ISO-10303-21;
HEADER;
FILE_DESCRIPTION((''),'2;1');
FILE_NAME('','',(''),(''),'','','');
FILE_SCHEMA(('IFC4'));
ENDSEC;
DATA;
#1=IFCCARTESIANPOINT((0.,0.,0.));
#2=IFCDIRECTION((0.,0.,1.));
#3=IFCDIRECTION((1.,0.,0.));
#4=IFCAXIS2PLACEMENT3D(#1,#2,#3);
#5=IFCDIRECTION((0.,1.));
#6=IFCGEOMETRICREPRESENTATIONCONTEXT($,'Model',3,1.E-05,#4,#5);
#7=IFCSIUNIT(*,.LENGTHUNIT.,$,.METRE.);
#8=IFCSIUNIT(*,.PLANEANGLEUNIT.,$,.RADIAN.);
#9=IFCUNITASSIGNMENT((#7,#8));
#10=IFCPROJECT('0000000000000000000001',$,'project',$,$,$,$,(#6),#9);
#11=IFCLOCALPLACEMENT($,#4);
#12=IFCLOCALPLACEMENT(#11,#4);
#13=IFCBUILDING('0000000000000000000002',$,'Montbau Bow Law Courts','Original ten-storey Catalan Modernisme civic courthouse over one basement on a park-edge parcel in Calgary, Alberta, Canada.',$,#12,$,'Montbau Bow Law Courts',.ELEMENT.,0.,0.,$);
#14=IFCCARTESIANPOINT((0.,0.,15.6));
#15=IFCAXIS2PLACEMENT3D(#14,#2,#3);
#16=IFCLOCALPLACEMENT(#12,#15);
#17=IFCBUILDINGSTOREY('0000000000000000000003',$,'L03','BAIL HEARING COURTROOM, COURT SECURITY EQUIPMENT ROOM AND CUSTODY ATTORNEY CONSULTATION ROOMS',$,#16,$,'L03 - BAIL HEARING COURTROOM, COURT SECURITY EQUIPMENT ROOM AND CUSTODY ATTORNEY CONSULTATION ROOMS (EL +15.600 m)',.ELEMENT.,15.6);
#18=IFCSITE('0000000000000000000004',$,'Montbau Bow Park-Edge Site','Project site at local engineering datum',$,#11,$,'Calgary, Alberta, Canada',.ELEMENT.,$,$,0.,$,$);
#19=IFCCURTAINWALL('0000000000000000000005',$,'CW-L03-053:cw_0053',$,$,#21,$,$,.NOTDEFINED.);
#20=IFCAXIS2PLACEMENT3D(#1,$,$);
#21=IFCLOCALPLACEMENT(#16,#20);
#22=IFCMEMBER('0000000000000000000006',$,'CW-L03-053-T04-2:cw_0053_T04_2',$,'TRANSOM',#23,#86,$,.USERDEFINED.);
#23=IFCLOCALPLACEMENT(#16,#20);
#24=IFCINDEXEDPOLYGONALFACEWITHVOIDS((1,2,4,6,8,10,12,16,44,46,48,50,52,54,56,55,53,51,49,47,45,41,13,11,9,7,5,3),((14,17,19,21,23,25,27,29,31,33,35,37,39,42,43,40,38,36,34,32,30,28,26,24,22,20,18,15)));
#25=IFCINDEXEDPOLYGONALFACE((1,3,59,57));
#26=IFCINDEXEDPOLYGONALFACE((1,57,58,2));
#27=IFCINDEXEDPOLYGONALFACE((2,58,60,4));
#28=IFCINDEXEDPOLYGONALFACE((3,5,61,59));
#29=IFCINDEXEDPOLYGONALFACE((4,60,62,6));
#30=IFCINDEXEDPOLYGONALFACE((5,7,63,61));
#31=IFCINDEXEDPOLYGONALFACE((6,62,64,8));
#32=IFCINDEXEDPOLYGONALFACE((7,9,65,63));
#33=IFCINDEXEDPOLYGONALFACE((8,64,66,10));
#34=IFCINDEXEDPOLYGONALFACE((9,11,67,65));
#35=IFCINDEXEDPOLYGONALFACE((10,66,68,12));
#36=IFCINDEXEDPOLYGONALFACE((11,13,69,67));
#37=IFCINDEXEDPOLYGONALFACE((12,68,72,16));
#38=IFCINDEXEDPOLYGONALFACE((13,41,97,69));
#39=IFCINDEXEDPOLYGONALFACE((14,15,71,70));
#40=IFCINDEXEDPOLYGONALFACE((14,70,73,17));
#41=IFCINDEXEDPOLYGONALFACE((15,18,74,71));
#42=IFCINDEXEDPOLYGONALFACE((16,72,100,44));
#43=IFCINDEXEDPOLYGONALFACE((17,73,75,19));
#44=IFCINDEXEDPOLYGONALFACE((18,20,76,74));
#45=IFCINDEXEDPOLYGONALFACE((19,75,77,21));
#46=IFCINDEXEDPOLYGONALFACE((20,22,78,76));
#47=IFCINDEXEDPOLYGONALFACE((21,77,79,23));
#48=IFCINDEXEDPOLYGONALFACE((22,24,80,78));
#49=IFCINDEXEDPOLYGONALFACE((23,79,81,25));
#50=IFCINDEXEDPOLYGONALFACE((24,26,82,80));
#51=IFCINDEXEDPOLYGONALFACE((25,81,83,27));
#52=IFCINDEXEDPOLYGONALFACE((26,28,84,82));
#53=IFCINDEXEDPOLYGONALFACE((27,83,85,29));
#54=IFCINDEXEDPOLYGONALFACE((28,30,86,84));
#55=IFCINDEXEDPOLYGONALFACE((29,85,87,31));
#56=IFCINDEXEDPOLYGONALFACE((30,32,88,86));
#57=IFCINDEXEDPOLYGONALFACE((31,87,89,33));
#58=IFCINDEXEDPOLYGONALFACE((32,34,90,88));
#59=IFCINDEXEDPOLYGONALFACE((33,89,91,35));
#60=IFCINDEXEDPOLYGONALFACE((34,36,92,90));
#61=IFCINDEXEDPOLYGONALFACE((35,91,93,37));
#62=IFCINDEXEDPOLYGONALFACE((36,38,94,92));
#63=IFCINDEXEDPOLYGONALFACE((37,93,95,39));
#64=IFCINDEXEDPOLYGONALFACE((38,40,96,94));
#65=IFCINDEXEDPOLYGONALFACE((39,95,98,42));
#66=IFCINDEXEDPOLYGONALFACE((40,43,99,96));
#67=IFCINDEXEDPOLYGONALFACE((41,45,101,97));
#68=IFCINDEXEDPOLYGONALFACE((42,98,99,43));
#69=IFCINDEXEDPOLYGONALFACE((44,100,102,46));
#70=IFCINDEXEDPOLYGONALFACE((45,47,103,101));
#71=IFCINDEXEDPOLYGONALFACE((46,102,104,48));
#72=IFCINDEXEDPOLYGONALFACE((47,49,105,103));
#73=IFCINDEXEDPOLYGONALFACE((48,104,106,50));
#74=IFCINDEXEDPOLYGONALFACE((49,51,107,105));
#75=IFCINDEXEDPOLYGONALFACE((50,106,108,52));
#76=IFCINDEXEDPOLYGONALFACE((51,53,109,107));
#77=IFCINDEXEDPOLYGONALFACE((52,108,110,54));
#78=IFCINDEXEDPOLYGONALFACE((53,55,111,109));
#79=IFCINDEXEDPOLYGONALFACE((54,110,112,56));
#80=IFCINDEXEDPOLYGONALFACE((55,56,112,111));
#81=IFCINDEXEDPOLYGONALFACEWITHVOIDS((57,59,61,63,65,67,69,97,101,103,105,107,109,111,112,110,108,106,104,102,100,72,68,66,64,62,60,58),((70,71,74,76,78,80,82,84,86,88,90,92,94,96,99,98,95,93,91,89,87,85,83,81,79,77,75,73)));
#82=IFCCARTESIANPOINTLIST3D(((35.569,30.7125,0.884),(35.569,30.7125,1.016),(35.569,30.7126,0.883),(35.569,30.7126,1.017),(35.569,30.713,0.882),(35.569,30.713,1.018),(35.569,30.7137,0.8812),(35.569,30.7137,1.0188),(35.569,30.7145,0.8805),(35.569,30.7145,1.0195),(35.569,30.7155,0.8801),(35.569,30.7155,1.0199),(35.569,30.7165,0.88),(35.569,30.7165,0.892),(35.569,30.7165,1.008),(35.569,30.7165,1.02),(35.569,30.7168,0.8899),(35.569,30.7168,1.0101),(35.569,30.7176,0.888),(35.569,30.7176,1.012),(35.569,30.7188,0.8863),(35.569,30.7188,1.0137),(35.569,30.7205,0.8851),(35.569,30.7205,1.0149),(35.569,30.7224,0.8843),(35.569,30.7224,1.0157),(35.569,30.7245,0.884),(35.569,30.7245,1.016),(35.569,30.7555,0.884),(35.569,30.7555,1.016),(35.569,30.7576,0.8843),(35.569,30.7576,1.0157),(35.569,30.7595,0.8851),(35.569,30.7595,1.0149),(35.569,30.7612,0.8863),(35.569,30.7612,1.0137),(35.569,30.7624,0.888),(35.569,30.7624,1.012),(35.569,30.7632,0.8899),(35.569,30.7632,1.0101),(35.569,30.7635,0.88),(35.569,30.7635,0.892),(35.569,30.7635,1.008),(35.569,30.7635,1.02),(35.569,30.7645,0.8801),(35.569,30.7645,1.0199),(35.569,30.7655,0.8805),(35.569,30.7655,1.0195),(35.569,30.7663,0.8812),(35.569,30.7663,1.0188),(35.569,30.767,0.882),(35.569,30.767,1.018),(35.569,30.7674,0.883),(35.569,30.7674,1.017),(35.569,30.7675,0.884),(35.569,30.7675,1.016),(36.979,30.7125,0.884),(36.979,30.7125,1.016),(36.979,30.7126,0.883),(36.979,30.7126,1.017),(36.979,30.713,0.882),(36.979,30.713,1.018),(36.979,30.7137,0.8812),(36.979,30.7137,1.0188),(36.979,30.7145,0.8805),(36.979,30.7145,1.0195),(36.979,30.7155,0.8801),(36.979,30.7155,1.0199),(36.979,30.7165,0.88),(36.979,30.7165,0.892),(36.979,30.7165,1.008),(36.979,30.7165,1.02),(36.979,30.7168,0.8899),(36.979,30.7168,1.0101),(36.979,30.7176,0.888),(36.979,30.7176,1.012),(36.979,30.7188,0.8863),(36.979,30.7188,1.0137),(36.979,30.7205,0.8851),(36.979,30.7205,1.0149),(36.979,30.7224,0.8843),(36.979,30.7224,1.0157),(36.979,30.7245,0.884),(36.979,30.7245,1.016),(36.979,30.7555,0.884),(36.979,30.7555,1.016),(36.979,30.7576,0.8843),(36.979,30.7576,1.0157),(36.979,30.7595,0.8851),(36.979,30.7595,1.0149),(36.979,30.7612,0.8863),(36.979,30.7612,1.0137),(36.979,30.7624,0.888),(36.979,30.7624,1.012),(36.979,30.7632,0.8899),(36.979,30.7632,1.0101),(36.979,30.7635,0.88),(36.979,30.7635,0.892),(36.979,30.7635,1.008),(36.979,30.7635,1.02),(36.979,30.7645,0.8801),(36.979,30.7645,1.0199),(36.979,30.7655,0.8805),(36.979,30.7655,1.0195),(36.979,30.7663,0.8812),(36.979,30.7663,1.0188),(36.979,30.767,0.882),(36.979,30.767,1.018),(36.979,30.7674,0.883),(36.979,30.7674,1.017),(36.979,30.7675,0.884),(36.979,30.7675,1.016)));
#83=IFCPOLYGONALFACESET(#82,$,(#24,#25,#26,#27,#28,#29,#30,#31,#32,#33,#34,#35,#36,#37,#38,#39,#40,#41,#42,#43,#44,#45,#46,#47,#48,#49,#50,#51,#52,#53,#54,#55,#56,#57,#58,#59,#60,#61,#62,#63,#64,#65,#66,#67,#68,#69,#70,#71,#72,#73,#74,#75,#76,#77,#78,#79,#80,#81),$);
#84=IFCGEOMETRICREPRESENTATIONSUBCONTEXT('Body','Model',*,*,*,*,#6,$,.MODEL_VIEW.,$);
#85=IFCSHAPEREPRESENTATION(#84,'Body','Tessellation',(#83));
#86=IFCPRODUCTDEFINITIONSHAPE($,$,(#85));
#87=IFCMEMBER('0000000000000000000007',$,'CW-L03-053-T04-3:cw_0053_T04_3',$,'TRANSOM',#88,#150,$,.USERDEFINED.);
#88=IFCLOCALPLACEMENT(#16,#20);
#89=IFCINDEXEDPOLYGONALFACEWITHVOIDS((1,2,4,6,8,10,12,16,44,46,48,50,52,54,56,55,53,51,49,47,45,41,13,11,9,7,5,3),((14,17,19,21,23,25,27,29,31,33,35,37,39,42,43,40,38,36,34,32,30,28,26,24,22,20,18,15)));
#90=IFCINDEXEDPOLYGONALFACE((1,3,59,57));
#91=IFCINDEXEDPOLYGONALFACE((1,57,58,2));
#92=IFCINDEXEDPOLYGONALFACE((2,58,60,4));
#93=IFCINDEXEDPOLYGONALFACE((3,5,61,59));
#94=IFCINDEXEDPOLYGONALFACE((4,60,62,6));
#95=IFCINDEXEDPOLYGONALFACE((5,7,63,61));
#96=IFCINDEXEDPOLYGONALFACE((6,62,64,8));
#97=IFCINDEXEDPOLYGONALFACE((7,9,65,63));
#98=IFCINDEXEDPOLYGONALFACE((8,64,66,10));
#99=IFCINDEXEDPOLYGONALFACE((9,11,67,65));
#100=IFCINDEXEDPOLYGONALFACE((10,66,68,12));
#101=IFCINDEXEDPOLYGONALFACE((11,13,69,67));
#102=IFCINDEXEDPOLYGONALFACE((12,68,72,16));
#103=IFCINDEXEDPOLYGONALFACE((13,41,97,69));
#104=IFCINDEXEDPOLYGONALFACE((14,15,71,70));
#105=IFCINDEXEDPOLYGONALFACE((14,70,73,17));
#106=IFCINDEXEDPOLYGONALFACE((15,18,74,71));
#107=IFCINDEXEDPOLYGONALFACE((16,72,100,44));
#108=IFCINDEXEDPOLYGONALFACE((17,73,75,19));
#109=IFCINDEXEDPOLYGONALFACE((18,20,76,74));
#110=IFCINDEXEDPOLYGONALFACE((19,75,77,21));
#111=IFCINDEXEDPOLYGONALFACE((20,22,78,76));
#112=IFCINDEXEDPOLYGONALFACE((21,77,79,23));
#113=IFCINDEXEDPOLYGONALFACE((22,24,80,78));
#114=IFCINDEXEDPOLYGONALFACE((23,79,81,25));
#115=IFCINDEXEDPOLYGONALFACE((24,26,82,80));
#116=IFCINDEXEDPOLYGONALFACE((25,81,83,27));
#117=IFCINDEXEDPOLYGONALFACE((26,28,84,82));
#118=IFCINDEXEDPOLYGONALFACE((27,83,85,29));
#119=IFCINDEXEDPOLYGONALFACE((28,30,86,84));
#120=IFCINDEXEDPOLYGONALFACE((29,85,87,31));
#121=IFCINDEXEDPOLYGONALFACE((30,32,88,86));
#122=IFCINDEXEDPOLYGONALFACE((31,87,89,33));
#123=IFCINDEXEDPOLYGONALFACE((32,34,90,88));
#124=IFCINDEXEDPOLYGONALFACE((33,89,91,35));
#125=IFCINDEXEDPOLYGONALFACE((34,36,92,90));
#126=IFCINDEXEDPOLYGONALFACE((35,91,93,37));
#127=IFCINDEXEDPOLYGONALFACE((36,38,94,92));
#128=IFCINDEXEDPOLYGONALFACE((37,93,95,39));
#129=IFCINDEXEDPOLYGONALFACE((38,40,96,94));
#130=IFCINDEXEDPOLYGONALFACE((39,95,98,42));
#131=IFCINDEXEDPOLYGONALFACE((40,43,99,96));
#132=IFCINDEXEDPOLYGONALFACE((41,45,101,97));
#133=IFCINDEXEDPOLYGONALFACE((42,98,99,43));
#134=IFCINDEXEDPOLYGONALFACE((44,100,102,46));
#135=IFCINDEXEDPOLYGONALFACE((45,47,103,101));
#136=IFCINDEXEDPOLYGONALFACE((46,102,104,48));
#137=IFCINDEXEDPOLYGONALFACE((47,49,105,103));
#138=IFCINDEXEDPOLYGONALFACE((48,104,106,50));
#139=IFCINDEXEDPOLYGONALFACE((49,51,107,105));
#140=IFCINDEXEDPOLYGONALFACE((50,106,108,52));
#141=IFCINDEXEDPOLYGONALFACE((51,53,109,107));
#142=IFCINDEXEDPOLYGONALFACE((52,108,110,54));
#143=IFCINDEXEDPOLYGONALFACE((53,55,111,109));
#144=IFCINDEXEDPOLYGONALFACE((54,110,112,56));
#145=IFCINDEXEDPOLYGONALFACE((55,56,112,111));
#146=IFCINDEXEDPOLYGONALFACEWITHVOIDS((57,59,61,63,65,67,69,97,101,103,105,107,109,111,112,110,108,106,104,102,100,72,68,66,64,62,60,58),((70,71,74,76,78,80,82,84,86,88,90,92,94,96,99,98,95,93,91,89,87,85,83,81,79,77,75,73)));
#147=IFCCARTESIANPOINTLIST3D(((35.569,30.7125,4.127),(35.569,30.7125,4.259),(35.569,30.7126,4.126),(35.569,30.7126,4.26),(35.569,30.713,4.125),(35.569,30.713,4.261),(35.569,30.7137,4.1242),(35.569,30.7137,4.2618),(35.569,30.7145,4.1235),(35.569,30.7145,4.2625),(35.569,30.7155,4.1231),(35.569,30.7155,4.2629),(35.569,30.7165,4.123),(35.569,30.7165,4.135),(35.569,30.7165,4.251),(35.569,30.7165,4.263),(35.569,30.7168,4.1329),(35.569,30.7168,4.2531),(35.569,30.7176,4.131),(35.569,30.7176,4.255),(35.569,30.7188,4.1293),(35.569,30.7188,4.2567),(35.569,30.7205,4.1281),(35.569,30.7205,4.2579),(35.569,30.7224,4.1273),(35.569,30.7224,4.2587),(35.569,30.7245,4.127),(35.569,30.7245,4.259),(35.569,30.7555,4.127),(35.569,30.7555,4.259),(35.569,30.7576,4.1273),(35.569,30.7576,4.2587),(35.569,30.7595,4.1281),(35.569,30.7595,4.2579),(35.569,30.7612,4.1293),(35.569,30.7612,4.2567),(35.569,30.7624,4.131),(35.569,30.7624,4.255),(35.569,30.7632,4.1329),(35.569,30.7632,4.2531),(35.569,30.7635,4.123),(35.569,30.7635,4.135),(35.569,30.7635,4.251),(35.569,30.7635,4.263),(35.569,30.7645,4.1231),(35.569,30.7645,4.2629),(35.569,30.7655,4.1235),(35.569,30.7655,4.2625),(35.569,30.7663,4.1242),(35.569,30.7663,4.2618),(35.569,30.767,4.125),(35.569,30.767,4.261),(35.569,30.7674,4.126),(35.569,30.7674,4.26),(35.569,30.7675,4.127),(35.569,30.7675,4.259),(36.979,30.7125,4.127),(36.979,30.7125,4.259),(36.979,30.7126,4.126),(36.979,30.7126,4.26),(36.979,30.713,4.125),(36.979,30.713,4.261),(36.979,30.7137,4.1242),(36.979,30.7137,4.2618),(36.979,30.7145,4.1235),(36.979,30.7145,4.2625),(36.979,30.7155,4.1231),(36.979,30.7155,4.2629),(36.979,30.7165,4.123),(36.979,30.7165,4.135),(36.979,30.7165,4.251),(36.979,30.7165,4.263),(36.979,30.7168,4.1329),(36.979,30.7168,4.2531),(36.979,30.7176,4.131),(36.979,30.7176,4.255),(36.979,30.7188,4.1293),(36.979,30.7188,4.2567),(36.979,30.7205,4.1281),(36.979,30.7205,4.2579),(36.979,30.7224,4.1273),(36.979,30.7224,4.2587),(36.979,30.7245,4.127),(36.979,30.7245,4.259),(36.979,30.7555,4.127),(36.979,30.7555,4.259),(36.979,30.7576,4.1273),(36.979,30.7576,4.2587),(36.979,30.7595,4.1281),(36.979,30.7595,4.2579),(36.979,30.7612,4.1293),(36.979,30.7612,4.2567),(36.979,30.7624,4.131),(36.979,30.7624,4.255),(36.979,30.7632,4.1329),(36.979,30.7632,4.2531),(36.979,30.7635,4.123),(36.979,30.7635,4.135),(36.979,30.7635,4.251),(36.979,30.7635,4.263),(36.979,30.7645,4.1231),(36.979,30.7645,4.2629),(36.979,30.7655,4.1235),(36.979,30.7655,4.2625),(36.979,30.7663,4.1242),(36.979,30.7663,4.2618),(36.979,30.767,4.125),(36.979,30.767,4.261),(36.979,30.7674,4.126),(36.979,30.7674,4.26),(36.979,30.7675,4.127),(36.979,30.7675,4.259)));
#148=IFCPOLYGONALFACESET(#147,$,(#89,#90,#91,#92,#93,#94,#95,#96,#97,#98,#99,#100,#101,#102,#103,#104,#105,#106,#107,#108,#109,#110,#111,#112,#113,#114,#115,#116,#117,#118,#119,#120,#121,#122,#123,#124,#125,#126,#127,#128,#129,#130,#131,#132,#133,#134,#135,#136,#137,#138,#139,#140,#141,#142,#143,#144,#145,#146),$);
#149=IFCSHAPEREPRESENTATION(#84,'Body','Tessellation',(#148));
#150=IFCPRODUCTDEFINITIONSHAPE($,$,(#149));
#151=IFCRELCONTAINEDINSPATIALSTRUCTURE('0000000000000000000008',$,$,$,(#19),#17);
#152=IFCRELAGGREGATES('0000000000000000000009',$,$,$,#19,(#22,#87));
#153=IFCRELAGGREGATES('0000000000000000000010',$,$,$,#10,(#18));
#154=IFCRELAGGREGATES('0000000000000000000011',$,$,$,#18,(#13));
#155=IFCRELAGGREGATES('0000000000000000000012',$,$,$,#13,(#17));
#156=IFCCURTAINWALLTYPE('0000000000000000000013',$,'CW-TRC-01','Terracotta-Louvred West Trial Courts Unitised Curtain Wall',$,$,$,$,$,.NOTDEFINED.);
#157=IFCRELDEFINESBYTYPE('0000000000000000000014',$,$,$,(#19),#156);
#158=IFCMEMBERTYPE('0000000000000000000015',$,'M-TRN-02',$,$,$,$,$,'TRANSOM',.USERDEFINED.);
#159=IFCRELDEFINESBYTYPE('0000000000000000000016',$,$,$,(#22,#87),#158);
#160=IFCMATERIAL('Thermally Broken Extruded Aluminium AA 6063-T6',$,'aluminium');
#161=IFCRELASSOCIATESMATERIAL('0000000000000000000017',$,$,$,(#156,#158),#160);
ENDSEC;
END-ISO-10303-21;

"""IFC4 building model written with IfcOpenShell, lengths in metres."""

from ifc_helpers import new_model, si_unit, direction, frame, origin_with_axes, origin_2d_with_axis, place, context, subcontext, project, spatial, hollow_rectangle, extrude, material, material_profile, profile_set, type_object, element, aggregate, save


model = new_model("IFC4")

# Units and contexts
model_context = context("Model", 3, precision=1e-05, world=origin_with_axes(), true_north=direction((0.0, 1.0)))
body_context = subcontext(model_context, "Body", "Model", "MODEL_VIEW")
ifc_project = project(units=[si_unit("LENGTHUNIT", "METRE"), si_unit("PLANEANGLEUNIT", "RADIAN")], contexts=[model_context])

# Site, building, storey
site_placement = place(None, origin_with_axes())
site = spatial("IfcSite", under=ifc_project, at=site_placement, Name="Montbau Bow Park-Edge Site", Description="Project site at local engineering datum", LongName="Calgary, Alberta, Canada", CompositionType="ELEMENT", RefElevation=0.0)
building_placement = place(site_placement, origin_with_axes())
building = spatial("IfcBuilding", under=site, at=building_placement, Name="Montbau Bow Law Courts", Description="Original ten-storey Catalan Modernisme civic courthouse over one basement on a park-edge parcel in Calgary, Alberta, Canada.", LongName="Montbau Bow Law Courts", CompositionType="ELEMENT", ElevationOfRefHeight=0.0, ElevationOfTerrain=0.0)
storey_placement = place(building_placement, frame((0.0, 0.0, 15.6), z_axis=(0.0, 0.0, 1.0), x_axis=(1.0, 0.0, 0.0)))
storey = spatial("IfcBuildingStorey", under=building, at=storey_placement, Name="L03", Description="BAIL HEARING COURTROOM, COURT SECURITY EQUIPMENT ROOM AND CUSTODY ATTORNEY CONSULTATION ROOMS", LongName="L03 - BAIL HEARING COURTROOM, COURT SECURITY EQUIPMENT ROOM AND CUSTODY ATTORNEY CONSULTATION ROOMS (EL +15.600 m)", CompositionType="ELEMENT", Elevation=15.6)

# Shared definitions
ifc_material_1 = material(Name="Thermally Broken Extruded Aluminium AA 6063-T6", Category="aluminium")
curtain_wall_type = type_object("IfcCurtainWallType", Name="CW-TRC-01", Description="Terracotta-Louvred West Trial Courts Unitised Curtain Wall", PredefinedType="NOTDEFINED", material=ifc_material_1)

# Curtain wall
curtain_wall_1_placement = place(None, frame((31.115, 30.74, 15.6), z_axis=(0.0, 0.0, 1.0), x_axis=(1.0, 0.0, 0.0)))
curtain_wall_1 = element("IfcCurtainWall", 1, at=curtain_wall_1_placement, inside=storey, type_object=curtain_wall_type, Name="CW-L03-053:cw_0053", PredefinedType="NOTDEFINED")

# Members
ifc_material_profile_1 = material_profile(ifc_material_1, hollow_rectangle(XDim=0.055, YDim=0.14, WallThickness=0.004, InnerFilletRadius=0.008, OuterFilletRadius=0.004, at=origin_2d_with_axis()), Name="CWT-140X55", Category="Main", Priority=0)
ifc_profile_set_1 = profile_set([ifc_material_profile_1], Name="Thermally Broken Extruded Aluminium AA 6063-T6")
member_type_1 = type_object("IfcMemberType", Name="M-TRN-02", ElementType="TRANSOM", PredefinedType="USERDEFINED", material=ifc_profile_set_1)
member_1_placement = place(None, frame((35.569, 30.74, 16.55), z_axis=(1.0, 0.0, 0.0), x_axis=(0.0, 1.0, 0.0)))
member_1 = element("IfcMember", 2, at=member_1_placement, type_object=member_type_1, Name="CW-L03-053-T04-2:cw_0053_T04_2", ObjectType="TRANSOM", PredefinedType="USERDEFINED", context=body_context, shape_type="SweptSolid", body=[
    extrude(hollow_rectangle(XDim=0.055, YDim=0.14, WallThickness=0.004, InnerFilletRadius=0.008, OuterFilletRadius=0.004, at=origin_2d_with_axis()), origin_with_axes(), (0.0, 0.0, 1.0), 1.41),
])
member_2_placement = place(None, frame((35.569, 30.74, 19.793), z_axis=(1.0, 0.0, 0.0), x_axis=(0.0, 1.0, 0.0)))
member_2 = element("IfcMember", 3, at=member_2_placement, type_object=member_type_1, Name="CW-L03-053-T04-3:cw_0053_T04_3", ObjectType="TRANSOM", PredefinedType="USERDEFINED", context=body_context, shape_type="SweptSolid", body=[
    extrude(hollow_rectangle(XDim=0.055, YDim=0.14, WallThickness=0.004, InnerFilletRadius=0.008, OuterFilletRadius=0.004, at=origin_2d_with_axis()), origin_with_axes(), (0.0, 0.0, 1.0), 1.41),
])

aggregate(curtain_wall_1, [member_1, member_2])

save(model, "model.ifc")
